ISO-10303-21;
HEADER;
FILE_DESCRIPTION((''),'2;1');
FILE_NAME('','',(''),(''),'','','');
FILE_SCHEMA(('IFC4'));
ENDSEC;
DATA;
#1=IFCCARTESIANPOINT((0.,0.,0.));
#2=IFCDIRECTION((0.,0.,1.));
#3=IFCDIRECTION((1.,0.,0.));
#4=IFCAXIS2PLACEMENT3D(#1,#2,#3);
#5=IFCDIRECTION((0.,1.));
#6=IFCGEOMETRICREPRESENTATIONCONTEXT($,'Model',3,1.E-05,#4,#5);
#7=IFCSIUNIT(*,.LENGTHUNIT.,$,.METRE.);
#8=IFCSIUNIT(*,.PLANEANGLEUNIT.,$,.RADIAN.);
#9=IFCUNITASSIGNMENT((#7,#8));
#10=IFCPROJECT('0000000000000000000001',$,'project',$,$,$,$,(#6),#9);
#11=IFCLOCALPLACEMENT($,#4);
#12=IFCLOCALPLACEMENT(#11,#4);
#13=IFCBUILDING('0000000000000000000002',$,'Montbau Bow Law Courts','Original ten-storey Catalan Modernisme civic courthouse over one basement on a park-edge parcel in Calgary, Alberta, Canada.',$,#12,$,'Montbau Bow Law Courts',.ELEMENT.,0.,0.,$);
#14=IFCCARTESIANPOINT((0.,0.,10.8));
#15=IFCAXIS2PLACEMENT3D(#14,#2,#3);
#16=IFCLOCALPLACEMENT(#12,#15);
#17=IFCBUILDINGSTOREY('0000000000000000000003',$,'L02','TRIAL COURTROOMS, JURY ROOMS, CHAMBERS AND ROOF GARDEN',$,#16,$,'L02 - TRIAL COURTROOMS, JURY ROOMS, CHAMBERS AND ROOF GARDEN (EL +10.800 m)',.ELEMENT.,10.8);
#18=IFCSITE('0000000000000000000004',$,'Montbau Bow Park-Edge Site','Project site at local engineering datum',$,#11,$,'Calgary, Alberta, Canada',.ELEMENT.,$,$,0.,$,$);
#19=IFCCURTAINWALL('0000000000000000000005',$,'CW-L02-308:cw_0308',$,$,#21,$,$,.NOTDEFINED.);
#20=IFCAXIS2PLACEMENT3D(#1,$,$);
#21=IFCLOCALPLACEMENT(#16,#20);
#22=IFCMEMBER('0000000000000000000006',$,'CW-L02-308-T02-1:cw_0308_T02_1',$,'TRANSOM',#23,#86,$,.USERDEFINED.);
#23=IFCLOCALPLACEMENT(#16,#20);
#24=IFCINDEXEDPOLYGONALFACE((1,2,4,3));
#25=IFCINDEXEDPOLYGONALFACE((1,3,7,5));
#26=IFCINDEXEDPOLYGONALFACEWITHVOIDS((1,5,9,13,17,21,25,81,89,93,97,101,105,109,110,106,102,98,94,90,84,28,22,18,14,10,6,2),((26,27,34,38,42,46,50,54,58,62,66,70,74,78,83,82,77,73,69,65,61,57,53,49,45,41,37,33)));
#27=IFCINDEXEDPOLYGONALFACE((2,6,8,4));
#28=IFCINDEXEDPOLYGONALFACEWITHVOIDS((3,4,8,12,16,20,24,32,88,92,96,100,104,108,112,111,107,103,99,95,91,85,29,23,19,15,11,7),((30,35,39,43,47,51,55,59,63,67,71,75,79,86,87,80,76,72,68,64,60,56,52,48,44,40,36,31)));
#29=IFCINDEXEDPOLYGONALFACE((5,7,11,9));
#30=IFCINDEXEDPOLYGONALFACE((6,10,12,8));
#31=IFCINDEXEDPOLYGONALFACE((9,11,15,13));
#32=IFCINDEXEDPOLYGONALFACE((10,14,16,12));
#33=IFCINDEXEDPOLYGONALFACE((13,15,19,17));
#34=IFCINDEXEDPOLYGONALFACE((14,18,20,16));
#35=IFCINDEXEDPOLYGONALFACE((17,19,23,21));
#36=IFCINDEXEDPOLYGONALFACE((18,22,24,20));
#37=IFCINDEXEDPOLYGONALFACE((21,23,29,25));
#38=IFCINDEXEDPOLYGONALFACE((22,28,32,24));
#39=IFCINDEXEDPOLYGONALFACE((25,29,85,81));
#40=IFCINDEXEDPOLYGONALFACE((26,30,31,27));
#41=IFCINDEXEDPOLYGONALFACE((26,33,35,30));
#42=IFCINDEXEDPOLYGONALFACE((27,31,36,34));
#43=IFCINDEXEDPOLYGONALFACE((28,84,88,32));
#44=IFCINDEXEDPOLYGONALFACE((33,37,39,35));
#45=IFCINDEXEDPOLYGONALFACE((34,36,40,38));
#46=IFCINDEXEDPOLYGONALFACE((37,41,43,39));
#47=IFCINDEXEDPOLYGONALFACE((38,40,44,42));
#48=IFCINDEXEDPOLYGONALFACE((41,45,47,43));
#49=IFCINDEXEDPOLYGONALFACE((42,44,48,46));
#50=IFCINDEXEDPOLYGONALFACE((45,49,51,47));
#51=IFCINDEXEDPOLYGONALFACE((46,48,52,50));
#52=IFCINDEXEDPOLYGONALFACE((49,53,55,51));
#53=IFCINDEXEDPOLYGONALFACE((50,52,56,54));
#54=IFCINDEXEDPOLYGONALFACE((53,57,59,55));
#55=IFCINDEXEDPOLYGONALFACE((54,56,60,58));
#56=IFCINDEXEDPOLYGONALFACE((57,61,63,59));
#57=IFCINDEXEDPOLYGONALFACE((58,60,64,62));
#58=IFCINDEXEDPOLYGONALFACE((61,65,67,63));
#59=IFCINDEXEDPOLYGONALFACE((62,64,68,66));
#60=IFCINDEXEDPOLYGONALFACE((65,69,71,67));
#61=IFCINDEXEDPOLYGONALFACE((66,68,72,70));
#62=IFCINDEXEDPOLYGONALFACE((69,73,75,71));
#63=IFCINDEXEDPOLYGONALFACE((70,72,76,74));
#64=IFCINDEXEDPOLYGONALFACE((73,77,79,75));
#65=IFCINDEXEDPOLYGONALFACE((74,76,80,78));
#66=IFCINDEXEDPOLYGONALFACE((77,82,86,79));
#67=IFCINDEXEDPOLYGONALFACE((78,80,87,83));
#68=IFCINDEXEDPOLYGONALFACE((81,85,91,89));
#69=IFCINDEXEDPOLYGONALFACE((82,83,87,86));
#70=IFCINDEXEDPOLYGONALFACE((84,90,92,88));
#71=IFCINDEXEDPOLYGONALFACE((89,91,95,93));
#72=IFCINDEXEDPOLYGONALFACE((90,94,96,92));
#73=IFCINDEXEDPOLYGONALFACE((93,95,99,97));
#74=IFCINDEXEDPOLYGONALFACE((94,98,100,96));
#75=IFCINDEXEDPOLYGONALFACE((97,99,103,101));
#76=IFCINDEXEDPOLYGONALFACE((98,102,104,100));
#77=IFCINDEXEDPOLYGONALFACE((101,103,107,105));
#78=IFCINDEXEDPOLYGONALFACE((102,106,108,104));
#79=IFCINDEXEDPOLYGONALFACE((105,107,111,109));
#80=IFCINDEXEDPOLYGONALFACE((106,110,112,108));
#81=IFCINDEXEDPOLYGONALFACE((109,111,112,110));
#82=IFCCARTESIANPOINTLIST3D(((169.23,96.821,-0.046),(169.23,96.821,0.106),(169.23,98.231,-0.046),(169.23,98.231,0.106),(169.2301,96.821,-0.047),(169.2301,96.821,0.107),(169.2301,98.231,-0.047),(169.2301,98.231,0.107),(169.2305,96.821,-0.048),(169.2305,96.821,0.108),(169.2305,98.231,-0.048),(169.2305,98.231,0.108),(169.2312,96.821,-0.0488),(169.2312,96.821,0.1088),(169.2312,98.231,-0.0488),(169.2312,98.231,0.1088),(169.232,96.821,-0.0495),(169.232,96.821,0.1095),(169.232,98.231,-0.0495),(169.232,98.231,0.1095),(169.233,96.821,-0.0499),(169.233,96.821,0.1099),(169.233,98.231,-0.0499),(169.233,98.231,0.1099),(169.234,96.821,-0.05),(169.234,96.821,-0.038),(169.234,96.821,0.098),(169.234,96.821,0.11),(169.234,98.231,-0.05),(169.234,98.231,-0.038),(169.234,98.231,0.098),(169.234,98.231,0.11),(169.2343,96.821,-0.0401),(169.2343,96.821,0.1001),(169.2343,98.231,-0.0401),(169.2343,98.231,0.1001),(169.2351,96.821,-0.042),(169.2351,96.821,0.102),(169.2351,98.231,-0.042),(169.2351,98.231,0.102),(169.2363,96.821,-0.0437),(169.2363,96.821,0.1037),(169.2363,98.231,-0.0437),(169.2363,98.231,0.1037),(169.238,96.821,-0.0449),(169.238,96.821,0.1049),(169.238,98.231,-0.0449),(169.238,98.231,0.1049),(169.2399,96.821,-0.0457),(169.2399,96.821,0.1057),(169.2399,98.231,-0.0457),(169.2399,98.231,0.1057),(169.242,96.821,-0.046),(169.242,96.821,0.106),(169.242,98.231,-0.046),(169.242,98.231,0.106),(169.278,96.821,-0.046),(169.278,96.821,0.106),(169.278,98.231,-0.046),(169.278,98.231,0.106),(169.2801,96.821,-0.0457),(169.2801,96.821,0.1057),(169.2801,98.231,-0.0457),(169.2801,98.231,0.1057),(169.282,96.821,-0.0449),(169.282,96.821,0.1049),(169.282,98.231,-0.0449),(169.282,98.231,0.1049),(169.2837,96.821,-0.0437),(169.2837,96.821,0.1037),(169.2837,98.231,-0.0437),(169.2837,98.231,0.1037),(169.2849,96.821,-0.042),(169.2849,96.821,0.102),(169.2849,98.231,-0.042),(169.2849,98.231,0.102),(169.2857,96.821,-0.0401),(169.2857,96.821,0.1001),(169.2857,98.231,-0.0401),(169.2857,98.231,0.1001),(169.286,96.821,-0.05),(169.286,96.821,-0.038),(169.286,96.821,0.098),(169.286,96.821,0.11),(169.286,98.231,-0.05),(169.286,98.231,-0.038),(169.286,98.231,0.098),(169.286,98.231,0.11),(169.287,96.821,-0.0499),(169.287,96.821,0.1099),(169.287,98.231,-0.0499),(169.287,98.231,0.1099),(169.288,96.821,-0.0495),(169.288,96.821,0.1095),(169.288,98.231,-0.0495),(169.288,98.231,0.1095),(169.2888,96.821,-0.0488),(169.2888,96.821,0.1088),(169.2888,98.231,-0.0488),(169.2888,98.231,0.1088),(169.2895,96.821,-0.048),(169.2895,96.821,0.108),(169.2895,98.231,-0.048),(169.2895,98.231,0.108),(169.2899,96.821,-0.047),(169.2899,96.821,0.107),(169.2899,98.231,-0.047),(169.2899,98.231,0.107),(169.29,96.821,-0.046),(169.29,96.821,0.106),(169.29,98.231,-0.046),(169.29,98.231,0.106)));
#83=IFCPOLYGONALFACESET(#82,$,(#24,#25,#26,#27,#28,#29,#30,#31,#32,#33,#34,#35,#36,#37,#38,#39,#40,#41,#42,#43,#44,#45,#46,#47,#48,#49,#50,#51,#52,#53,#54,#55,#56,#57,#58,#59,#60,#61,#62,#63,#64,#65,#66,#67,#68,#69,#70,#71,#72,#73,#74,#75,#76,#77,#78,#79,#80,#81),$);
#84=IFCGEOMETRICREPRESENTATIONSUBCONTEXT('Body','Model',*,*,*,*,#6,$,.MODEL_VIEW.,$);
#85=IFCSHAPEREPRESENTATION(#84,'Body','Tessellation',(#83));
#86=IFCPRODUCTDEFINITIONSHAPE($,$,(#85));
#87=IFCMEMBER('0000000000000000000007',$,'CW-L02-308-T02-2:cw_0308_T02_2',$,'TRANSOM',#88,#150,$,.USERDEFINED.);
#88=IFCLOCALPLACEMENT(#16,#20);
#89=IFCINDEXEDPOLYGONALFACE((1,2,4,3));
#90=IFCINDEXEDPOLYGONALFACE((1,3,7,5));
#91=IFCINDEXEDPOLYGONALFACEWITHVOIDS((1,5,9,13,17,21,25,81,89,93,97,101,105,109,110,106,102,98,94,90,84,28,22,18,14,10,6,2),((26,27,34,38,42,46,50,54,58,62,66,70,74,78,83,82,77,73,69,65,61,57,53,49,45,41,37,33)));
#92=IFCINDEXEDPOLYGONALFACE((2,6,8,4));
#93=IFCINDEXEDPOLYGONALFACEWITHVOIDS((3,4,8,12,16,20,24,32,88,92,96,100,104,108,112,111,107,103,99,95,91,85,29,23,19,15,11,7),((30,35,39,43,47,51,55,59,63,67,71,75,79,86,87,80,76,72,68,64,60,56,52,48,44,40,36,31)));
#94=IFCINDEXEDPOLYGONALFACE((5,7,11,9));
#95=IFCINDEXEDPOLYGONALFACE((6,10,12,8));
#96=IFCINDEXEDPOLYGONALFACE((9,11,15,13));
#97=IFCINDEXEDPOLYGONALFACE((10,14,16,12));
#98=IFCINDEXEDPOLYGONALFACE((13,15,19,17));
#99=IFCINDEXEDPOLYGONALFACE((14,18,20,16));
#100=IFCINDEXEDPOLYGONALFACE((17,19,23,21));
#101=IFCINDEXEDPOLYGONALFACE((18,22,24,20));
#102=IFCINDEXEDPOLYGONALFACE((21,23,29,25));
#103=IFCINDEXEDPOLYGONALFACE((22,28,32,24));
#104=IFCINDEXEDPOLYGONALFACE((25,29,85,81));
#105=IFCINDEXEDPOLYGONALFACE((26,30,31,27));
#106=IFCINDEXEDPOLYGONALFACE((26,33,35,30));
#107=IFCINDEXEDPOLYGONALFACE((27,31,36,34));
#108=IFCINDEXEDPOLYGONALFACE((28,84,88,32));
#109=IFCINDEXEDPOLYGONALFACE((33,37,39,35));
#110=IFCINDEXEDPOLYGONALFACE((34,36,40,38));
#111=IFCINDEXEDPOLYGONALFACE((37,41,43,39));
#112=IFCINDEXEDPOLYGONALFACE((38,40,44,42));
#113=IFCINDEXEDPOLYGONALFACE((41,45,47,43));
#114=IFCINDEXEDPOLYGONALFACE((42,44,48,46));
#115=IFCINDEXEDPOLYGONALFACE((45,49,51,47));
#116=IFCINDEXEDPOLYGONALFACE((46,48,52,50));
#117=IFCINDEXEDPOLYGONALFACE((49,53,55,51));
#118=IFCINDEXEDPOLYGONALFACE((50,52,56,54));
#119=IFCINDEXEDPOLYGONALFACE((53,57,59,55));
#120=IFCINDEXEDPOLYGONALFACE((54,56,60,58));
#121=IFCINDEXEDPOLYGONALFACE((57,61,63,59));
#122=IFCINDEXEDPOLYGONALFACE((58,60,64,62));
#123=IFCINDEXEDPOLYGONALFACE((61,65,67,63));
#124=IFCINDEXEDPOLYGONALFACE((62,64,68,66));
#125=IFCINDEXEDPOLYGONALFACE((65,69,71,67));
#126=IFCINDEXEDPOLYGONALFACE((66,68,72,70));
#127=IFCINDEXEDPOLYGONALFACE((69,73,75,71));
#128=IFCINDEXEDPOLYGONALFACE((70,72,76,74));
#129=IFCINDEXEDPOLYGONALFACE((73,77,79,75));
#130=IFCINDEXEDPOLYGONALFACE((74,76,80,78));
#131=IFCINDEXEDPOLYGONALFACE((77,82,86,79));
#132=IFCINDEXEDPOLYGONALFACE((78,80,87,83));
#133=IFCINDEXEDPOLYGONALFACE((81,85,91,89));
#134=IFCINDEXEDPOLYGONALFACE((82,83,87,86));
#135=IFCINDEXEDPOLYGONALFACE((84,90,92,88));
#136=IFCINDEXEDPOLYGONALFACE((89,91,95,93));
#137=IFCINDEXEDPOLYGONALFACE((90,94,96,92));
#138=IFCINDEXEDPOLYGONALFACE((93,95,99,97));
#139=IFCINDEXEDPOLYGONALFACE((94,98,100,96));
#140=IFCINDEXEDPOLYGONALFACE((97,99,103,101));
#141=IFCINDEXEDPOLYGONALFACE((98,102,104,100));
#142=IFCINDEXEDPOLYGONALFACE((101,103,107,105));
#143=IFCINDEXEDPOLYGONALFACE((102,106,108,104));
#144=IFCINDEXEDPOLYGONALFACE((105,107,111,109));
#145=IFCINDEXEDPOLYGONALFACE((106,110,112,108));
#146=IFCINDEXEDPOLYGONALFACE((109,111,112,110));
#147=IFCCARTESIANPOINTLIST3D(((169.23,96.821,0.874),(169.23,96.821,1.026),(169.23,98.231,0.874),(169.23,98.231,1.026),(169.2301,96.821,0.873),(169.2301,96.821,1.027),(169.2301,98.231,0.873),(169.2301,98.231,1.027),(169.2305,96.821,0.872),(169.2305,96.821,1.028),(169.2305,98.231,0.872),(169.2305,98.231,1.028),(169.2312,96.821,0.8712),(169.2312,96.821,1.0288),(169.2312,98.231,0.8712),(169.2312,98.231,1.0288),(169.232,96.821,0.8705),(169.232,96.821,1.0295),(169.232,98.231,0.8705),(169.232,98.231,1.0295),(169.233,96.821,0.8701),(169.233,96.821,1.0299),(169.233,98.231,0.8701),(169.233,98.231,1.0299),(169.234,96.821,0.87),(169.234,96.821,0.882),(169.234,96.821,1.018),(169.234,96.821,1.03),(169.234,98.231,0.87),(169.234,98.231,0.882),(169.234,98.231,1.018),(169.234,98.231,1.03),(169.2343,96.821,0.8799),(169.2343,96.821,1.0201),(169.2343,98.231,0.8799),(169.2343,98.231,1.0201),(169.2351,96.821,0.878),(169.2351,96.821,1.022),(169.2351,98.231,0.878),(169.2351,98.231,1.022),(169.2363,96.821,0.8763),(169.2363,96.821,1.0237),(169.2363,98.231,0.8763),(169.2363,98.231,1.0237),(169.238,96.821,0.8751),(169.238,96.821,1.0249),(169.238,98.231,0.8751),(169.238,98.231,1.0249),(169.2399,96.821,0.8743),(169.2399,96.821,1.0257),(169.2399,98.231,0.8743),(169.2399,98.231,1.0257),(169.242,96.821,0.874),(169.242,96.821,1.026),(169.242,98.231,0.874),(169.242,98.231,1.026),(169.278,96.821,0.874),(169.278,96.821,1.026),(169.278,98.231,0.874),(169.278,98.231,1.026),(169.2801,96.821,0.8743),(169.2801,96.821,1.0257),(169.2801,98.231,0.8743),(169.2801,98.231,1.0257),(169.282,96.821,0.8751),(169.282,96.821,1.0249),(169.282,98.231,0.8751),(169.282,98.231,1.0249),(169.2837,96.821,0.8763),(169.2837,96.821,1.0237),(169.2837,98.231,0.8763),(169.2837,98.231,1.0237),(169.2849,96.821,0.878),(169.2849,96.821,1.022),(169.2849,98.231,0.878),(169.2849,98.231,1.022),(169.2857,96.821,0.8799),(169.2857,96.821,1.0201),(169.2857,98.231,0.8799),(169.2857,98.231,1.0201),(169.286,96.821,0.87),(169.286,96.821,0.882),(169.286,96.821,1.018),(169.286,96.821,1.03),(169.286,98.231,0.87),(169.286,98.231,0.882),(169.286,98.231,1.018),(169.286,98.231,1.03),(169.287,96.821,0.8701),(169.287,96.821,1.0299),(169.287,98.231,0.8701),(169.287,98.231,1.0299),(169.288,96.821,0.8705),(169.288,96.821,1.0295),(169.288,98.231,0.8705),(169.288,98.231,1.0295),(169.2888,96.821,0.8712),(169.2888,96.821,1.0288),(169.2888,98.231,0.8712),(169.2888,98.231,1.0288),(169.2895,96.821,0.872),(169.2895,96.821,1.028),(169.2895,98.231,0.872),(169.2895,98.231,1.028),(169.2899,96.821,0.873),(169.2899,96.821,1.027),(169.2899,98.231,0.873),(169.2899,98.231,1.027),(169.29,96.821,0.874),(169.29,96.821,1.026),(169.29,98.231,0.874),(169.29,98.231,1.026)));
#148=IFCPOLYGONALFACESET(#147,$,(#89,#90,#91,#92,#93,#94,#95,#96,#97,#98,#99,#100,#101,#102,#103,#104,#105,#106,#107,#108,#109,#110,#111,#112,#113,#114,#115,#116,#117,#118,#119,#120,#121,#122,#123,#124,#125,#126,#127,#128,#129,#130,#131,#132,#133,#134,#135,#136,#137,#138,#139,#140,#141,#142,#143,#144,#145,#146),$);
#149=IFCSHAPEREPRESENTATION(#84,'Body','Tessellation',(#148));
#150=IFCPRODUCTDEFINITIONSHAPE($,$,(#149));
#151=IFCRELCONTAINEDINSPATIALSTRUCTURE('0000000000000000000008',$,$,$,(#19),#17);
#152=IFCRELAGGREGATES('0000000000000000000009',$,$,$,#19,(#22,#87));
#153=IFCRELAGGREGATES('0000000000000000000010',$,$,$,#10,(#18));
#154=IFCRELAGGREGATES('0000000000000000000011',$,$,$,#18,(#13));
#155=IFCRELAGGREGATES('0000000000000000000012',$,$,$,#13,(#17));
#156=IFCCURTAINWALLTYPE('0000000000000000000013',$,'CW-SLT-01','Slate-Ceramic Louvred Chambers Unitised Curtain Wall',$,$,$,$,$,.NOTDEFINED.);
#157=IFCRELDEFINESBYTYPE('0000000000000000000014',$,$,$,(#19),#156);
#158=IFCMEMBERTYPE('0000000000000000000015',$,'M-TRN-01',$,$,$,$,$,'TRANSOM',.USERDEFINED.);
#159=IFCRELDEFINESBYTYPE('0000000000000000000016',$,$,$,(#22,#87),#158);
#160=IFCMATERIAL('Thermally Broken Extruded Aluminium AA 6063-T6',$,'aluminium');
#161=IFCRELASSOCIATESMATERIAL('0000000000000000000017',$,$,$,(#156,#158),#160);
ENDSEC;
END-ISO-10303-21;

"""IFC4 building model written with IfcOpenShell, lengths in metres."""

from ifc_helpers import new_model, si_unit, direction, frame, origin_with_axes, origin_2d_with_axis, place, context, subcontext, project, spatial, hollow_rectangle, extrude, material, material_profile, profile_set, type_object, element, aggregate, save


model = new_model("IFC4")

# Units and contexts
model_context = context("Model", 3, precision=1e-05, world=origin_with_axes(), true_north=direction((0.0, 1.0)))
body_context = subcontext(model_context, "Body", "Model", "MODEL_VIEW")
ifc_project = project(units=[si_unit("LENGTHUNIT", "METRE"), si_unit("PLANEANGLEUNIT", "RADIAN")], contexts=[model_context])

# Site, building, storey
site_placement = place(None, origin_with_axes())
site = spatial("IfcSite", under=ifc_project, at=site_placement, Name="Montbau Bow Park-Edge Site", Description="Project site at local engineering datum", LongName="Calgary, Alberta, Canada", CompositionType="ELEMENT", RefElevation=0.0)
building_placement = place(site_placement, origin_with_axes())
building = spatial("IfcBuilding", under=site, at=building_placement, Name="Montbau Bow Law Courts", Description="Original ten-storey Catalan Modernisme civic courthouse over one basement on a park-edge parcel in Calgary, Alberta, Canada.", LongName="Montbau Bow Law Courts", CompositionType="ELEMENT", ElevationOfRefHeight=0.0, ElevationOfTerrain=0.0)
storey_placement = place(building_placement, frame((0.0, 0.0, 10.8), z_axis=(0.0, 0.0, 1.0), x_axis=(1.0, 0.0, 0.0)))
storey = spatial("IfcBuildingStorey", under=building, at=storey_placement, Name="L02", Description="TRIAL COURTROOMS, JURY ROOMS, CHAMBERS AND ROOF GARDEN", LongName="L02 - TRIAL COURTROOMS, JURY ROOMS, CHAMBERS AND ROOF GARDEN (EL +10.800 m)", CompositionType="ELEMENT", Elevation=10.8)

# Curtain wall, members
ifc_material_1 = material(Name="Thermally Broken Extruded Aluminium AA 6063-T6", Category="aluminium")
curtain_wall_type = type_object("IfcCurtainWallType", Name="CW-SLT-01", Description="Slate-Ceramic Louvred Chambers Unitised Curtain Wall", PredefinedType="NOTDEFINED", material=ifc_material_1)
curtain_wall_placement = place(None, frame((169.26, 95.315, 10.8), z_axis=(0.0, 0.0, 1.0), x_axis=(1.0, 0.0, 0.0)))
curtain_wall = element("IfcCurtainWall", 1, at=curtain_wall_placement, inside=storey, type_object=curtain_wall_type, Name="CW-L02-308:cw_0308", PredefinedType="NOTDEFINED")
ifc_material_profile_1 = material_profile(ifc_material_1, hollow_rectangle(XDim=0.06, YDim=0.16, WallThickness=0.004, InnerFilletRadius=0.008, OuterFilletRadius=0.004, at=origin_2d_with_axis()), Name="CWT-160X60", Category="Main", Priority=0)
ifc_profile_set_1 = profile_set([ifc_material_profile_1], Name="Thermally Broken Extruded Aluminium AA 6063-T6")
member_type_1 = type_object("IfcMemberType", Name="M-TRN-01", ElementType="TRANSOM", PredefinedType="USERDEFINED", material=ifc_profile_set_1)
member_1_placement = place(None, frame((169.26, 96.821, 10.83), z_axis=(0.0, 1.0, 0.0), x_axis=(-1.0, 0.0, 0.0)))
member_1 = element("IfcMember", 2, at=member_1_placement, type_object=member_type_1, Name="CW-L02-308-T02-1:cw_0308_T02_1", ObjectType="TRANSOM", PredefinedType="USERDEFINED", context=body_context, shape_type="SweptSolid", body=[
    extrude(hollow_rectangle(XDim=0.06, YDim=0.16, WallThickness=0.004, InnerFilletRadius=0.008, OuterFilletRadius=0.004, at=origin_2d_with_axis()), origin_with_axes(), (0.0, 0.0, 1.0), 1.41),
])
member_2_placement = place(None, frame((169.26, 96.821, 11.75), z_axis=(0.0, 1.0, 0.0), x_axis=(-1.0, 0.0, 0.0)))
member_2 = element("IfcMember", 3, at=member_2_placement, type_object=member_type_1, Name="CW-L02-308-T02-2:cw_0308_T02_2", ObjectType="TRANSOM", PredefinedType="USERDEFINED", context=body_context, shape_type="SweptSolid", body=[
    extrude(hollow_rectangle(XDim=0.06, YDim=0.16, WallThickness=0.004, InnerFilletRadius=0.008, OuterFilletRadius=0.004, at=origin_2d_with_axis()), origin_with_axes(), (0.0, 0.0, 1.0), 1.41),
])
aggregate(curtain_wall, [member_1, member_2])

save(model, "model.ifc")
